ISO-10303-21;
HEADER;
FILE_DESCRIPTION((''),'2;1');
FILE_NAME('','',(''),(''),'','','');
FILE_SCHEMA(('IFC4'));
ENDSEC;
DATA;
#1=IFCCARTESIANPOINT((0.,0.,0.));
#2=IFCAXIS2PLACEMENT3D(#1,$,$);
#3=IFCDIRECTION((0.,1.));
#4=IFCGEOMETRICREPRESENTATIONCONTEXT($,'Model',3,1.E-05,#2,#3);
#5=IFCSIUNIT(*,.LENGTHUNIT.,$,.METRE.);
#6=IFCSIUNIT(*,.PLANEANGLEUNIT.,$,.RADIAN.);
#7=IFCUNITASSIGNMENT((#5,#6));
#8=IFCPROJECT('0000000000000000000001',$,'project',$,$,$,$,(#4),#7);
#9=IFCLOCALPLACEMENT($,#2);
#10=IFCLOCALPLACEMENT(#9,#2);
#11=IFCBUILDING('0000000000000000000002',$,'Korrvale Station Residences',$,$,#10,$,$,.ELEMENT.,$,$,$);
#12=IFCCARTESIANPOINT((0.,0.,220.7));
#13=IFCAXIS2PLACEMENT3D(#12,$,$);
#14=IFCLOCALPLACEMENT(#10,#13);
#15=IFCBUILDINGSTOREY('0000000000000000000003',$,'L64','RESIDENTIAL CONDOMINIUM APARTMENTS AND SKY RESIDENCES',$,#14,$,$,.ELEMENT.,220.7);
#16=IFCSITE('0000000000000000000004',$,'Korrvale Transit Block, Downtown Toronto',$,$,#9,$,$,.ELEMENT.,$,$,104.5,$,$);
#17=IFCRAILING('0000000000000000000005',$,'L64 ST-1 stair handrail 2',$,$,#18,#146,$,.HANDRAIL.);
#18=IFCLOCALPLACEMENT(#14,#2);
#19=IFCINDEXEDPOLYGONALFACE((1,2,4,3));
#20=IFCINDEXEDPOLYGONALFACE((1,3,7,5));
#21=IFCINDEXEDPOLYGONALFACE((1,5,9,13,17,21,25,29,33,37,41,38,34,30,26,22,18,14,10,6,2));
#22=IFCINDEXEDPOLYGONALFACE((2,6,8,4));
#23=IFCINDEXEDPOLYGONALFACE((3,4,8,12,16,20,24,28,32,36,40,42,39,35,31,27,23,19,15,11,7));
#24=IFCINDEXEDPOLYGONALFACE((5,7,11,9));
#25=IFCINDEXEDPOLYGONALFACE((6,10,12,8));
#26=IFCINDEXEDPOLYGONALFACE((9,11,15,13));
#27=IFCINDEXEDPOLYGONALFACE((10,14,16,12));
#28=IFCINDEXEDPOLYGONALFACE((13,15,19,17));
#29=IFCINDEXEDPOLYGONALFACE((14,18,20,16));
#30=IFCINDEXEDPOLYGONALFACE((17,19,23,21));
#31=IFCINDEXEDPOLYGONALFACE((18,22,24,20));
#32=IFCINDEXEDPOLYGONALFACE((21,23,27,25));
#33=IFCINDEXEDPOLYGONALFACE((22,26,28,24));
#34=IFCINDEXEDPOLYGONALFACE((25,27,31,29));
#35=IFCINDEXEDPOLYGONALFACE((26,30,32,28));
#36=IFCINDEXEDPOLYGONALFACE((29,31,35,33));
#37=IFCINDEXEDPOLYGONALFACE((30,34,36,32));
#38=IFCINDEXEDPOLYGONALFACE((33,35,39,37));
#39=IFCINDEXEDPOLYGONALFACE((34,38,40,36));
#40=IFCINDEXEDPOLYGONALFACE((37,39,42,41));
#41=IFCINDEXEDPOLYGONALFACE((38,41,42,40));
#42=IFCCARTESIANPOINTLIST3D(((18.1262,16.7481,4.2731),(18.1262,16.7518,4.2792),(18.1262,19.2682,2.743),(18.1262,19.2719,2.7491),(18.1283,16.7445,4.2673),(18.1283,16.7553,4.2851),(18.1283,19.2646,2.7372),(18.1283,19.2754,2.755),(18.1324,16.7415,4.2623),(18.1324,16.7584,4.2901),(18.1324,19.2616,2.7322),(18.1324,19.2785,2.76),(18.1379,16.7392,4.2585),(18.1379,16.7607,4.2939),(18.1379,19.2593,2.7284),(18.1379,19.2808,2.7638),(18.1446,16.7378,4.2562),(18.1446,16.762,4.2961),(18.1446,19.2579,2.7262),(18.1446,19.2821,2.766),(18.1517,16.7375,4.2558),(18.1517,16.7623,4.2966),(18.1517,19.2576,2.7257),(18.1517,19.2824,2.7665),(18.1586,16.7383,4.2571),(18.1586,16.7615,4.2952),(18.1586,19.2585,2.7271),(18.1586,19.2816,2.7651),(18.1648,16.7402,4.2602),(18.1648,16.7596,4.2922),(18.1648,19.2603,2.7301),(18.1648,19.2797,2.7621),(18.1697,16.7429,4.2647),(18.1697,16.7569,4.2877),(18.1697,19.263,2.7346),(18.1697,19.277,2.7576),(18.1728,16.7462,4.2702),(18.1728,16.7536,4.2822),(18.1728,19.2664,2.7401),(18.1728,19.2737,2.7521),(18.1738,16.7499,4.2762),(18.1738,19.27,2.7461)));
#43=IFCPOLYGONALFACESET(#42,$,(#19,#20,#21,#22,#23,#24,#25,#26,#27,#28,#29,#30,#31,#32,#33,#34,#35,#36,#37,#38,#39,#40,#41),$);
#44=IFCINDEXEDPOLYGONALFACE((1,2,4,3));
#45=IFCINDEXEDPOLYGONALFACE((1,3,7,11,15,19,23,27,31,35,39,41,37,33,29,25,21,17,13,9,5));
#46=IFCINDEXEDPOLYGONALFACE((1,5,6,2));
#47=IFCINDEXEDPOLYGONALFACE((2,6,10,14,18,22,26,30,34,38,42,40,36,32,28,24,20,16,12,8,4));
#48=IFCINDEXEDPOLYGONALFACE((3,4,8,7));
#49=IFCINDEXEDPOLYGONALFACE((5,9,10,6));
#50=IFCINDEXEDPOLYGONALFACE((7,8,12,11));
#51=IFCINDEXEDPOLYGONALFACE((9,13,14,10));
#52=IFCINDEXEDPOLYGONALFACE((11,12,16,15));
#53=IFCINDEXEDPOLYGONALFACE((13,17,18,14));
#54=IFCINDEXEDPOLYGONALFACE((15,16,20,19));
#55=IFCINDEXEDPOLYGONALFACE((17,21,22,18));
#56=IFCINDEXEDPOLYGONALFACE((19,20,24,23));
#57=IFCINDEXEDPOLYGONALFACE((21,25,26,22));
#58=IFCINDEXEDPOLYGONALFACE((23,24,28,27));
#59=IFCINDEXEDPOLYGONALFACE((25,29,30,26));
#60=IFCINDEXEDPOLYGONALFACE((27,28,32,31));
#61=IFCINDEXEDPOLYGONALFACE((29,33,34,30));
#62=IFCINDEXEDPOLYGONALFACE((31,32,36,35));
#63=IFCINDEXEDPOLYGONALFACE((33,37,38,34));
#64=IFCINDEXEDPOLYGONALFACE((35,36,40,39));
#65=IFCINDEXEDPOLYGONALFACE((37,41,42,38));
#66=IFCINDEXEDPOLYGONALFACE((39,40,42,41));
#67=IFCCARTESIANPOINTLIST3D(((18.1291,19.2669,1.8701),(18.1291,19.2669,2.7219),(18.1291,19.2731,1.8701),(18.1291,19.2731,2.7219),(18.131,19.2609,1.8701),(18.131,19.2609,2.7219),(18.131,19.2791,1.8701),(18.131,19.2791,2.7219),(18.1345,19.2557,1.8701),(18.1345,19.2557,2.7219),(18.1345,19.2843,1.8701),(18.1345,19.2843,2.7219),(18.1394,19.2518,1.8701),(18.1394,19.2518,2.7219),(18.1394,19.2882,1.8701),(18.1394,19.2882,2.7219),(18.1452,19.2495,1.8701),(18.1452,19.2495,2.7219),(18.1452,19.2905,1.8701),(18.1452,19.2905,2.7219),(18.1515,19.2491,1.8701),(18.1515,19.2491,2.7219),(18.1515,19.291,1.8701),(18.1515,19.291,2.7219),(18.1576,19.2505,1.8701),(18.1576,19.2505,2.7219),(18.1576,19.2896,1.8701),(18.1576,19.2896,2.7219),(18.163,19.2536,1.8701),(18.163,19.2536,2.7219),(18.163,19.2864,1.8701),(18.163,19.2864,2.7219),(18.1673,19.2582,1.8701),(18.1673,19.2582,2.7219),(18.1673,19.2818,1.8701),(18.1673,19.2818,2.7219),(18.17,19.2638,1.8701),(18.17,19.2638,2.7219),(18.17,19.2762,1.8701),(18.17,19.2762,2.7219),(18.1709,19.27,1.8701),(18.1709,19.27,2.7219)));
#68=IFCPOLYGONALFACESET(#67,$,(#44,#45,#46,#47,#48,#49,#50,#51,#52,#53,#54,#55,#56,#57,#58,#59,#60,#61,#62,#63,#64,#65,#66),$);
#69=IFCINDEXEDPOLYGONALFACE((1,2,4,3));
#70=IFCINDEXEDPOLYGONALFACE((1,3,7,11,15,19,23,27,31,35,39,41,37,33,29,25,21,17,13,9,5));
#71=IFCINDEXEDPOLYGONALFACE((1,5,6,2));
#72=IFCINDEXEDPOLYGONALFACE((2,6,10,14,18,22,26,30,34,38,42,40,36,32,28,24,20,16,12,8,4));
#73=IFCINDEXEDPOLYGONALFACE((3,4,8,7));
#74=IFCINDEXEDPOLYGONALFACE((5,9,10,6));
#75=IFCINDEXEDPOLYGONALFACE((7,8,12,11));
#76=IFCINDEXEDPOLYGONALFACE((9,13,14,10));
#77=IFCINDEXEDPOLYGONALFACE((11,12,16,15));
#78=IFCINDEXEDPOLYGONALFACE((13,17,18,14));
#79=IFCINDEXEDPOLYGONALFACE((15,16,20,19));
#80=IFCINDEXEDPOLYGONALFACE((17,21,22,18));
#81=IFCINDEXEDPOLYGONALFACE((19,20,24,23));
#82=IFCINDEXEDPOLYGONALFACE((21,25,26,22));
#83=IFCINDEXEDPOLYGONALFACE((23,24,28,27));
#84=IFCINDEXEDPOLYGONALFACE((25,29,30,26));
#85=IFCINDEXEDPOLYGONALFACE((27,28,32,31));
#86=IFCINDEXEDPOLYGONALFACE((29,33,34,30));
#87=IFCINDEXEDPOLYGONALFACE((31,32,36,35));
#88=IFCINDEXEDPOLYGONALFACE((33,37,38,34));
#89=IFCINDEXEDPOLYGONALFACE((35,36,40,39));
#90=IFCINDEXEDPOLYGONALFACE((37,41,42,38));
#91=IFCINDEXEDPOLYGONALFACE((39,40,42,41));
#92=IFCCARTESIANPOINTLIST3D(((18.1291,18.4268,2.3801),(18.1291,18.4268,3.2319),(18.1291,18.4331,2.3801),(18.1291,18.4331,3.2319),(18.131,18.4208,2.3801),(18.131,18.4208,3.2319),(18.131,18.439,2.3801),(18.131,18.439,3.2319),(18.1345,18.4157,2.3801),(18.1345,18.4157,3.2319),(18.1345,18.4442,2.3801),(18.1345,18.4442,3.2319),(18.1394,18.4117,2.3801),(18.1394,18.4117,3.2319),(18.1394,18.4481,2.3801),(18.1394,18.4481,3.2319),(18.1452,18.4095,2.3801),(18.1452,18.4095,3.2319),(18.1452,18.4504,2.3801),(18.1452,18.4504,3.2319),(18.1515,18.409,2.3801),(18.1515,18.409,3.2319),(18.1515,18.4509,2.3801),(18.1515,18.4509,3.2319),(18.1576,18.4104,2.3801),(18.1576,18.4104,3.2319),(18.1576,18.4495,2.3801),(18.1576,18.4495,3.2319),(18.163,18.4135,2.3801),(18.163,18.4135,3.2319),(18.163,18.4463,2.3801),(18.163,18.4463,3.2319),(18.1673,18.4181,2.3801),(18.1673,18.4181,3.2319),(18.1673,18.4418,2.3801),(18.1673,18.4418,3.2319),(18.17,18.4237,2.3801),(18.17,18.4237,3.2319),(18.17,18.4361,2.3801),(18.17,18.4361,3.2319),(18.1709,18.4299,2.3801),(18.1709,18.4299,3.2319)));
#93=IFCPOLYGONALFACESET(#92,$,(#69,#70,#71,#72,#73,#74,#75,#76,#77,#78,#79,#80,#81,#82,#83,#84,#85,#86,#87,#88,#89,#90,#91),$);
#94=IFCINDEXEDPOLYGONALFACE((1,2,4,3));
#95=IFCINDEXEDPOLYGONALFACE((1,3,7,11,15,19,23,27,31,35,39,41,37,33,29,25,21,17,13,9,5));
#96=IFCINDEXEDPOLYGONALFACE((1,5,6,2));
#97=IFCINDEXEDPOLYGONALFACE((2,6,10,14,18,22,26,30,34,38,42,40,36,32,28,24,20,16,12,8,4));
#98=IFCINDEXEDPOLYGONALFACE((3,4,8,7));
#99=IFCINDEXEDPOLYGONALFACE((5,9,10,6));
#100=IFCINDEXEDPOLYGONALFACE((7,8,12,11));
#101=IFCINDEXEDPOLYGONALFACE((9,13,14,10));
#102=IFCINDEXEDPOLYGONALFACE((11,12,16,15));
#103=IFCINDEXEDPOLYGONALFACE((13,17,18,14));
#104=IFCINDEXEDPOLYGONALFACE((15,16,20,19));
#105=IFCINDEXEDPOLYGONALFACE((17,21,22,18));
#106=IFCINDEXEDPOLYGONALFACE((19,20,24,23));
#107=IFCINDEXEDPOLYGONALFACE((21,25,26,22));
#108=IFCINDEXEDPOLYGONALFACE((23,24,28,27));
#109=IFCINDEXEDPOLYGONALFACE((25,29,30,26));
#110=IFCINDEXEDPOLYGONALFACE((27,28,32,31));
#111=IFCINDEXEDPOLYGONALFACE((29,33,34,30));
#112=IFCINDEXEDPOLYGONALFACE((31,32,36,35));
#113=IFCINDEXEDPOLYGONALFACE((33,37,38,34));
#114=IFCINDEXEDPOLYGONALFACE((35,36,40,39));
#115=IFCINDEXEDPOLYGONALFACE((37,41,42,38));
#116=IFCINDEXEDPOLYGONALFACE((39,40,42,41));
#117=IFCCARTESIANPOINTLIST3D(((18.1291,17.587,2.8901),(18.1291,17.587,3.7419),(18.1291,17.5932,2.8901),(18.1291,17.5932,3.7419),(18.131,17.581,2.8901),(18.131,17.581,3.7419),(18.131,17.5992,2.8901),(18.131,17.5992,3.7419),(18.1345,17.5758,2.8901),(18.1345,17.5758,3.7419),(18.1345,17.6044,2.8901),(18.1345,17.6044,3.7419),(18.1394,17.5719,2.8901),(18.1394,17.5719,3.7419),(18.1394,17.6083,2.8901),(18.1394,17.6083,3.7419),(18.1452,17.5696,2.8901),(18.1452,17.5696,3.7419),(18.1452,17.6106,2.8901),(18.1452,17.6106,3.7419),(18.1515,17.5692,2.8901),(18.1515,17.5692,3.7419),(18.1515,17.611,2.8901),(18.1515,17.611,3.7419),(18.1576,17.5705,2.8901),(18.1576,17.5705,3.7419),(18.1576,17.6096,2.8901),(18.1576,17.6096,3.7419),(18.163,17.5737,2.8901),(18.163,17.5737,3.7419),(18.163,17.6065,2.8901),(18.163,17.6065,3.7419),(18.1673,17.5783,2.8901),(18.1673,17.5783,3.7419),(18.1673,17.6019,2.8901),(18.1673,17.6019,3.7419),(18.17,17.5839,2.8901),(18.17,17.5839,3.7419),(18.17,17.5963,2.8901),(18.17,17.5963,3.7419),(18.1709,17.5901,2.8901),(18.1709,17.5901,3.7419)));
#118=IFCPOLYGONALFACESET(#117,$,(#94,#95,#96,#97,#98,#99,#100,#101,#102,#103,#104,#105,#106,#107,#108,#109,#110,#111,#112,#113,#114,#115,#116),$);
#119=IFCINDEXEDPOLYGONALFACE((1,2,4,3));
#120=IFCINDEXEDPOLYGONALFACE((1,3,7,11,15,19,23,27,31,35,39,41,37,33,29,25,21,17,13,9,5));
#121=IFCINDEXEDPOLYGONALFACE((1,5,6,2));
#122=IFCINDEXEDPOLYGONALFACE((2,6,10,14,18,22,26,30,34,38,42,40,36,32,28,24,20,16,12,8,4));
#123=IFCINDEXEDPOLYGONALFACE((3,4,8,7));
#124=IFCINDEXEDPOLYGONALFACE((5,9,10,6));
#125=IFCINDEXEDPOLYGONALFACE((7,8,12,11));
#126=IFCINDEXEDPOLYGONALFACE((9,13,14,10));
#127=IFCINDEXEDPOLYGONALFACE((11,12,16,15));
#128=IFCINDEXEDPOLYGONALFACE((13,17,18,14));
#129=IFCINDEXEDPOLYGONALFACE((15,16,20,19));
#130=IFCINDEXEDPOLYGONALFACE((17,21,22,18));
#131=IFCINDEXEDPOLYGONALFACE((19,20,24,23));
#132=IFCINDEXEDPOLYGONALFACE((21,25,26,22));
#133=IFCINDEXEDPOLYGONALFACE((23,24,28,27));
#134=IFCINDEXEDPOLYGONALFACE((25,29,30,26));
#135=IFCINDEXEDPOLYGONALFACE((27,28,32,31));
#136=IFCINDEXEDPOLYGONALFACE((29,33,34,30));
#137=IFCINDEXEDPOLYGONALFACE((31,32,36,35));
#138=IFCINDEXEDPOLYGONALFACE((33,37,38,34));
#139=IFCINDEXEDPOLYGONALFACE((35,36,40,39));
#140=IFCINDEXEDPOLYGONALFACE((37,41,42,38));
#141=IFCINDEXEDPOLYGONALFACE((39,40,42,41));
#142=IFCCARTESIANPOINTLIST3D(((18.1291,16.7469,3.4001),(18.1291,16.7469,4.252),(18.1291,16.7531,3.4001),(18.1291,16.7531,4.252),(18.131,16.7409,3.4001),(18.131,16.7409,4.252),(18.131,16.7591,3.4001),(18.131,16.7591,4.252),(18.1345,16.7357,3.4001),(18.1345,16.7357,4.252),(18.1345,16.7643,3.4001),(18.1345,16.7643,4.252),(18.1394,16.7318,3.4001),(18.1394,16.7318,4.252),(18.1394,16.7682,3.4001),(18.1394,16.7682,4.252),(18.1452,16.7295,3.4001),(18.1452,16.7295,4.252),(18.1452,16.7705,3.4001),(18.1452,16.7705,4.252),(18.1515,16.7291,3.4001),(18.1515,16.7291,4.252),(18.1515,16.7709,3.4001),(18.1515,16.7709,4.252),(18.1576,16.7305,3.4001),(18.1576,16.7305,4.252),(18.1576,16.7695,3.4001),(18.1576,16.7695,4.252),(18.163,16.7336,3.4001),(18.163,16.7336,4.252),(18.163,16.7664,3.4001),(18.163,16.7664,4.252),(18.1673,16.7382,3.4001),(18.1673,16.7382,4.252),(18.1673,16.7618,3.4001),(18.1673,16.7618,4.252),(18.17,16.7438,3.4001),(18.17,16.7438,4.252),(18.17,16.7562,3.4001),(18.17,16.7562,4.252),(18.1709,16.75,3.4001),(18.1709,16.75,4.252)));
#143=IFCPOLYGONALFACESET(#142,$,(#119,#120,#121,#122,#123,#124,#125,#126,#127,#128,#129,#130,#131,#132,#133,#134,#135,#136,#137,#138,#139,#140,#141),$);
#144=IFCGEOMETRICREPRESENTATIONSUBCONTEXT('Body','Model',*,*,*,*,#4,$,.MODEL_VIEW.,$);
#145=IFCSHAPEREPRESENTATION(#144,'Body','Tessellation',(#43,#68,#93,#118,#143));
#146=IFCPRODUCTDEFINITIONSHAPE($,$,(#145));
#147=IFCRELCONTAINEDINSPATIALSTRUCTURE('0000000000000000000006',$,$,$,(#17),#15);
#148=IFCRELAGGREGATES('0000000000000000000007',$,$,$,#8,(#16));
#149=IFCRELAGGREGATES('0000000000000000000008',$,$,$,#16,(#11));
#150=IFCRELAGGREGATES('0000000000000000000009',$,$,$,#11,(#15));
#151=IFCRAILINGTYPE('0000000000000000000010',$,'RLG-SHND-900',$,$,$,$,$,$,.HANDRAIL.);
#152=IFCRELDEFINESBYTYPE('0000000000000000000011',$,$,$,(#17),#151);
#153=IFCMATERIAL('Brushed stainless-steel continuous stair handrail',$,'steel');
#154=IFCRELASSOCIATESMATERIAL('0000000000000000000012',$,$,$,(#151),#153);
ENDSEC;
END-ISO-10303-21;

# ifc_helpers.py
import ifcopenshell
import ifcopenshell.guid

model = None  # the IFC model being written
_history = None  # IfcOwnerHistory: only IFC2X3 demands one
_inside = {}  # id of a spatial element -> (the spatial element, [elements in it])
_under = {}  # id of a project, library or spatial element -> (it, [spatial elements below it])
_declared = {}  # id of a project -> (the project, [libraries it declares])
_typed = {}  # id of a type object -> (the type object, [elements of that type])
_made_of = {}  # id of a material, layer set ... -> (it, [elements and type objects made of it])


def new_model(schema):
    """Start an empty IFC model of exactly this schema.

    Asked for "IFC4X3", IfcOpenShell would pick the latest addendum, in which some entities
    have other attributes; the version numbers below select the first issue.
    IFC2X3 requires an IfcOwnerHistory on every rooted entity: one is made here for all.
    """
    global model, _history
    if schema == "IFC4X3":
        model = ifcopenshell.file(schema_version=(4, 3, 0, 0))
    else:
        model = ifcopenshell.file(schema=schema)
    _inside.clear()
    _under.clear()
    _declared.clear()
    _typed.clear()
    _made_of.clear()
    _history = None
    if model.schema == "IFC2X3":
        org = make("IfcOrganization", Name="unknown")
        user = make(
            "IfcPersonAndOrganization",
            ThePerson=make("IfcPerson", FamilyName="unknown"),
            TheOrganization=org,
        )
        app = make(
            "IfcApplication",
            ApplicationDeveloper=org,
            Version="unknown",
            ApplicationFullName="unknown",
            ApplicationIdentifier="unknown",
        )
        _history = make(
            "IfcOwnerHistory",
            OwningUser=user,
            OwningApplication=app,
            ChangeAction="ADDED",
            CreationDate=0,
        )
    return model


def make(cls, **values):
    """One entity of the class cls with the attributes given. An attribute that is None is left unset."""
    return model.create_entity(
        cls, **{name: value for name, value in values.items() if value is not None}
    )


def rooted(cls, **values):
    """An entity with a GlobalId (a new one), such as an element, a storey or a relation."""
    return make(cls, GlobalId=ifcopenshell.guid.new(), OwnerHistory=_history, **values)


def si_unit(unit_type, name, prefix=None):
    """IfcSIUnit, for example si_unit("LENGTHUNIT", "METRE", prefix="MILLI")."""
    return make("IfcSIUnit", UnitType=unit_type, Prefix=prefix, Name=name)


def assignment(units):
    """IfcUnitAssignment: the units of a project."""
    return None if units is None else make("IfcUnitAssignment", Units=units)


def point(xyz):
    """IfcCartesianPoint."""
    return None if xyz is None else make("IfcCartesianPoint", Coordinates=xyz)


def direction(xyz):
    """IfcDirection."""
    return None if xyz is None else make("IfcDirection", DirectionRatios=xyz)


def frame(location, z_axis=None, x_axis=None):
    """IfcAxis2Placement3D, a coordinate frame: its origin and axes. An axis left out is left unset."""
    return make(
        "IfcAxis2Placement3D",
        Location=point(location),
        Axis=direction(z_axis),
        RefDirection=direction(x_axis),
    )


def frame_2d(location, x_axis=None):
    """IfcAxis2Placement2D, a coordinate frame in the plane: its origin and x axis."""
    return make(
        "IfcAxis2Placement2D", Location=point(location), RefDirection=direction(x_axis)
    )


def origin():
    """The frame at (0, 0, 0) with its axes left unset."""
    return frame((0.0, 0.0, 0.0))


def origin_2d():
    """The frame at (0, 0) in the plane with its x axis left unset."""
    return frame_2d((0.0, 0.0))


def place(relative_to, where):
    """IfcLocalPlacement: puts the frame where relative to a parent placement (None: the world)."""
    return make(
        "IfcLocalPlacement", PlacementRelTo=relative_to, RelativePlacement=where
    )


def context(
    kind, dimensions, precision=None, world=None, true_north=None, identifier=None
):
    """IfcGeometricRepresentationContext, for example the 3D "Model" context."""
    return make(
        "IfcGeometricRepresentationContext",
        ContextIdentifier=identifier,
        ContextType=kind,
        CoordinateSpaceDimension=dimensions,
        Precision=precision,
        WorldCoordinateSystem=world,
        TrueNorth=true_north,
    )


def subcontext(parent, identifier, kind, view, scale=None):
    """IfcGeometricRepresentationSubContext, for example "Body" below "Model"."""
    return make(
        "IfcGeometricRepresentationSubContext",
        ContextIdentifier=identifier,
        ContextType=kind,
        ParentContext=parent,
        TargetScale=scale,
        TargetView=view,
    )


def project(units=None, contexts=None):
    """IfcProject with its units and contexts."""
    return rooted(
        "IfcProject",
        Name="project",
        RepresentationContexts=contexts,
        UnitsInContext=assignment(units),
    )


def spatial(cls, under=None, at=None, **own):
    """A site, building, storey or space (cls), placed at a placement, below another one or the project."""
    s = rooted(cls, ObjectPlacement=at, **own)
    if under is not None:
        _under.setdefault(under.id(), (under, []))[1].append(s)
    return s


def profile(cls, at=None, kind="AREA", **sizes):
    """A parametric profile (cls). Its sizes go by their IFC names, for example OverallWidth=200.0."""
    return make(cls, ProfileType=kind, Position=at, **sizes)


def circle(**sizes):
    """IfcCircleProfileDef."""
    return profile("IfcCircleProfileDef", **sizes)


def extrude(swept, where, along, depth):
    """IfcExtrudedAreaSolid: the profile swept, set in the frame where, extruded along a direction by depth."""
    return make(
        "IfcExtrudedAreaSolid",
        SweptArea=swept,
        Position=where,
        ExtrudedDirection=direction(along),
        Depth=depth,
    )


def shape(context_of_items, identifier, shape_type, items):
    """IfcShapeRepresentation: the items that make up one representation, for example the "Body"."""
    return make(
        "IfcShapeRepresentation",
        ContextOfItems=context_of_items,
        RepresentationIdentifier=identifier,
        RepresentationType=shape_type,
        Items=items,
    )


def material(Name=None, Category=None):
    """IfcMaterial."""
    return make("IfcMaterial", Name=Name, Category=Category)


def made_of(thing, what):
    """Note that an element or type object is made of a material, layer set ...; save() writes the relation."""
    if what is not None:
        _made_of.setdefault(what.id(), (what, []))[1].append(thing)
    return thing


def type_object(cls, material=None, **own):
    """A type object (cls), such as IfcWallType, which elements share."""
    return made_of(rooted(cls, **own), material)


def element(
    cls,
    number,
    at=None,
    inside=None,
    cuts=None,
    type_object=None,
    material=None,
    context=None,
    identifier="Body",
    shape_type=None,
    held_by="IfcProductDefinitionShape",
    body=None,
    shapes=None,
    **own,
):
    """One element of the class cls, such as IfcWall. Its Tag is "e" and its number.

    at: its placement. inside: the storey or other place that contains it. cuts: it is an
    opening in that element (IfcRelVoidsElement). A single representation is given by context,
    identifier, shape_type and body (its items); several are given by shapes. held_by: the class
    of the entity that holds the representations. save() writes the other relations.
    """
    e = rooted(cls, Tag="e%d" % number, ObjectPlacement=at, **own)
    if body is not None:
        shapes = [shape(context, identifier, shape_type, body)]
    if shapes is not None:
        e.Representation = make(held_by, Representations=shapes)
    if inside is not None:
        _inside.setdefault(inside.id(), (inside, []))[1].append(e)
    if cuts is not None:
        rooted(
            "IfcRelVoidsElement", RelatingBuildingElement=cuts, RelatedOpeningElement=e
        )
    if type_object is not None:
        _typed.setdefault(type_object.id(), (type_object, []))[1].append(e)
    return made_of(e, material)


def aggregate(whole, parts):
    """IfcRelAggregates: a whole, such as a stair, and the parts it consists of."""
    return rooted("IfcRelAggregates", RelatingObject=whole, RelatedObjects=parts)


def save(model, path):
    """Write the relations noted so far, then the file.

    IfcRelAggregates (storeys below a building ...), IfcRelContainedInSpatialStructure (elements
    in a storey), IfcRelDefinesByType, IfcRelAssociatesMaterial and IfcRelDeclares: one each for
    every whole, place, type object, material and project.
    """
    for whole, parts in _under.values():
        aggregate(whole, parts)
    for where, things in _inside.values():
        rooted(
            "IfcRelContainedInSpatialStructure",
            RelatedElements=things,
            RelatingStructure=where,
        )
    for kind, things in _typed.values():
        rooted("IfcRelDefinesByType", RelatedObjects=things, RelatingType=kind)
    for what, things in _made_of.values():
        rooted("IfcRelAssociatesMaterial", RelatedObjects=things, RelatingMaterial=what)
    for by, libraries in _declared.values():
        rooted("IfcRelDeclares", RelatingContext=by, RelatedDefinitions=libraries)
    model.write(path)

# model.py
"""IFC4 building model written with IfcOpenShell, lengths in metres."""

from ifc_helpers import new_model, si_unit, direction, frame, origin, origin_2d, place, context, subcontext, project, spatial, circle, extrude, material, type_object, element, save


model = new_model("IFC4")

# Units and contexts
model_context = context("Model", 3, precision=1e-05, world=origin(), true_north=direction((0.0, 1.0)))
body_context = subcontext(model_context, "Body", "Model", "MODEL_VIEW")
ifc_project = project(units=[si_unit("LENGTHUNIT", "METRE"), si_unit("PLANEANGLEUNIT", "RADIAN")], contexts=[model_context])

# Site, building, storey
site_placement = place(None, origin())
site = spatial("IfcSite", under=ifc_project, at=site_placement, Name="Korrvale Transit Block, Downtown Toronto", CompositionType="ELEMENT", RefElevation=104.5)
building_placement = place(site_placement, origin())
building = spatial("IfcBuilding", under=site, at=building_placement, Name="Korrvale Station Residences", CompositionType="ELEMENT")
storey_placement = place(building_placement, frame((0.0, 0.0, 220.7)))
storey = spatial("IfcBuildingStorey", under=building, at=storey_placement, Name="L64", Description="RESIDENTIAL CONDOMINIUM APARTMENTS AND SKY RESIDENCES", CompositionType="ELEMENT", Elevation=220.7)

# Railing
ifc_material_1 = material(Name="Brushed stainless-steel continuous stair handrail", Category="steel")
railing_type_1 = type_object("IfcRailingType", Name="RLG-SHND-900", PredefinedType="HANDRAIL", material=ifc_material_1)
railing_1_placement = place(storey_placement, frame((18.1499, 19.27, 1.8701)))
element("IfcRailing", 1, at=railing_1_placement, inside=storey, type_object=railing_type_1, Name="L64 ST-1 stair handrail 2", PredefinedType="HANDRAIL", context=body_context, shape_type="SweptSolid", body=[
    extrude(circle(Radius=0.0239, at=origin_2d()), frame((0.0, 0.0, 0.876), z_axis=(0.0, -0.854785, 0.518982), x_axis=(1.0, 0.0, 0.0)), (0.0, 0.0, 1.0), 2.9482),
    extrude(circle(Radius=0.021, at=origin_2d()), origin(), (0.0, 0.0, 1.0), 0.8518),
    extrude(circle(Radius=0.021, at=origin_2d()), frame((0.0, -0.8401, 0.51)), (0.0, 0.0, 1.0), 0.8518),
    extrude(circle(Radius=0.021, at=origin_2d()), frame((0.0, -1.6799, 1.02)), (0.0, 0.0, 1.0), 0.8518),
    extrude(circle(Radius=0.021, at=origin_2d()), frame((0.0, -2.52, 1.53)), (0.0, 0.0, 1.0), 0.8518),
])

save(model, "model.ifc")
